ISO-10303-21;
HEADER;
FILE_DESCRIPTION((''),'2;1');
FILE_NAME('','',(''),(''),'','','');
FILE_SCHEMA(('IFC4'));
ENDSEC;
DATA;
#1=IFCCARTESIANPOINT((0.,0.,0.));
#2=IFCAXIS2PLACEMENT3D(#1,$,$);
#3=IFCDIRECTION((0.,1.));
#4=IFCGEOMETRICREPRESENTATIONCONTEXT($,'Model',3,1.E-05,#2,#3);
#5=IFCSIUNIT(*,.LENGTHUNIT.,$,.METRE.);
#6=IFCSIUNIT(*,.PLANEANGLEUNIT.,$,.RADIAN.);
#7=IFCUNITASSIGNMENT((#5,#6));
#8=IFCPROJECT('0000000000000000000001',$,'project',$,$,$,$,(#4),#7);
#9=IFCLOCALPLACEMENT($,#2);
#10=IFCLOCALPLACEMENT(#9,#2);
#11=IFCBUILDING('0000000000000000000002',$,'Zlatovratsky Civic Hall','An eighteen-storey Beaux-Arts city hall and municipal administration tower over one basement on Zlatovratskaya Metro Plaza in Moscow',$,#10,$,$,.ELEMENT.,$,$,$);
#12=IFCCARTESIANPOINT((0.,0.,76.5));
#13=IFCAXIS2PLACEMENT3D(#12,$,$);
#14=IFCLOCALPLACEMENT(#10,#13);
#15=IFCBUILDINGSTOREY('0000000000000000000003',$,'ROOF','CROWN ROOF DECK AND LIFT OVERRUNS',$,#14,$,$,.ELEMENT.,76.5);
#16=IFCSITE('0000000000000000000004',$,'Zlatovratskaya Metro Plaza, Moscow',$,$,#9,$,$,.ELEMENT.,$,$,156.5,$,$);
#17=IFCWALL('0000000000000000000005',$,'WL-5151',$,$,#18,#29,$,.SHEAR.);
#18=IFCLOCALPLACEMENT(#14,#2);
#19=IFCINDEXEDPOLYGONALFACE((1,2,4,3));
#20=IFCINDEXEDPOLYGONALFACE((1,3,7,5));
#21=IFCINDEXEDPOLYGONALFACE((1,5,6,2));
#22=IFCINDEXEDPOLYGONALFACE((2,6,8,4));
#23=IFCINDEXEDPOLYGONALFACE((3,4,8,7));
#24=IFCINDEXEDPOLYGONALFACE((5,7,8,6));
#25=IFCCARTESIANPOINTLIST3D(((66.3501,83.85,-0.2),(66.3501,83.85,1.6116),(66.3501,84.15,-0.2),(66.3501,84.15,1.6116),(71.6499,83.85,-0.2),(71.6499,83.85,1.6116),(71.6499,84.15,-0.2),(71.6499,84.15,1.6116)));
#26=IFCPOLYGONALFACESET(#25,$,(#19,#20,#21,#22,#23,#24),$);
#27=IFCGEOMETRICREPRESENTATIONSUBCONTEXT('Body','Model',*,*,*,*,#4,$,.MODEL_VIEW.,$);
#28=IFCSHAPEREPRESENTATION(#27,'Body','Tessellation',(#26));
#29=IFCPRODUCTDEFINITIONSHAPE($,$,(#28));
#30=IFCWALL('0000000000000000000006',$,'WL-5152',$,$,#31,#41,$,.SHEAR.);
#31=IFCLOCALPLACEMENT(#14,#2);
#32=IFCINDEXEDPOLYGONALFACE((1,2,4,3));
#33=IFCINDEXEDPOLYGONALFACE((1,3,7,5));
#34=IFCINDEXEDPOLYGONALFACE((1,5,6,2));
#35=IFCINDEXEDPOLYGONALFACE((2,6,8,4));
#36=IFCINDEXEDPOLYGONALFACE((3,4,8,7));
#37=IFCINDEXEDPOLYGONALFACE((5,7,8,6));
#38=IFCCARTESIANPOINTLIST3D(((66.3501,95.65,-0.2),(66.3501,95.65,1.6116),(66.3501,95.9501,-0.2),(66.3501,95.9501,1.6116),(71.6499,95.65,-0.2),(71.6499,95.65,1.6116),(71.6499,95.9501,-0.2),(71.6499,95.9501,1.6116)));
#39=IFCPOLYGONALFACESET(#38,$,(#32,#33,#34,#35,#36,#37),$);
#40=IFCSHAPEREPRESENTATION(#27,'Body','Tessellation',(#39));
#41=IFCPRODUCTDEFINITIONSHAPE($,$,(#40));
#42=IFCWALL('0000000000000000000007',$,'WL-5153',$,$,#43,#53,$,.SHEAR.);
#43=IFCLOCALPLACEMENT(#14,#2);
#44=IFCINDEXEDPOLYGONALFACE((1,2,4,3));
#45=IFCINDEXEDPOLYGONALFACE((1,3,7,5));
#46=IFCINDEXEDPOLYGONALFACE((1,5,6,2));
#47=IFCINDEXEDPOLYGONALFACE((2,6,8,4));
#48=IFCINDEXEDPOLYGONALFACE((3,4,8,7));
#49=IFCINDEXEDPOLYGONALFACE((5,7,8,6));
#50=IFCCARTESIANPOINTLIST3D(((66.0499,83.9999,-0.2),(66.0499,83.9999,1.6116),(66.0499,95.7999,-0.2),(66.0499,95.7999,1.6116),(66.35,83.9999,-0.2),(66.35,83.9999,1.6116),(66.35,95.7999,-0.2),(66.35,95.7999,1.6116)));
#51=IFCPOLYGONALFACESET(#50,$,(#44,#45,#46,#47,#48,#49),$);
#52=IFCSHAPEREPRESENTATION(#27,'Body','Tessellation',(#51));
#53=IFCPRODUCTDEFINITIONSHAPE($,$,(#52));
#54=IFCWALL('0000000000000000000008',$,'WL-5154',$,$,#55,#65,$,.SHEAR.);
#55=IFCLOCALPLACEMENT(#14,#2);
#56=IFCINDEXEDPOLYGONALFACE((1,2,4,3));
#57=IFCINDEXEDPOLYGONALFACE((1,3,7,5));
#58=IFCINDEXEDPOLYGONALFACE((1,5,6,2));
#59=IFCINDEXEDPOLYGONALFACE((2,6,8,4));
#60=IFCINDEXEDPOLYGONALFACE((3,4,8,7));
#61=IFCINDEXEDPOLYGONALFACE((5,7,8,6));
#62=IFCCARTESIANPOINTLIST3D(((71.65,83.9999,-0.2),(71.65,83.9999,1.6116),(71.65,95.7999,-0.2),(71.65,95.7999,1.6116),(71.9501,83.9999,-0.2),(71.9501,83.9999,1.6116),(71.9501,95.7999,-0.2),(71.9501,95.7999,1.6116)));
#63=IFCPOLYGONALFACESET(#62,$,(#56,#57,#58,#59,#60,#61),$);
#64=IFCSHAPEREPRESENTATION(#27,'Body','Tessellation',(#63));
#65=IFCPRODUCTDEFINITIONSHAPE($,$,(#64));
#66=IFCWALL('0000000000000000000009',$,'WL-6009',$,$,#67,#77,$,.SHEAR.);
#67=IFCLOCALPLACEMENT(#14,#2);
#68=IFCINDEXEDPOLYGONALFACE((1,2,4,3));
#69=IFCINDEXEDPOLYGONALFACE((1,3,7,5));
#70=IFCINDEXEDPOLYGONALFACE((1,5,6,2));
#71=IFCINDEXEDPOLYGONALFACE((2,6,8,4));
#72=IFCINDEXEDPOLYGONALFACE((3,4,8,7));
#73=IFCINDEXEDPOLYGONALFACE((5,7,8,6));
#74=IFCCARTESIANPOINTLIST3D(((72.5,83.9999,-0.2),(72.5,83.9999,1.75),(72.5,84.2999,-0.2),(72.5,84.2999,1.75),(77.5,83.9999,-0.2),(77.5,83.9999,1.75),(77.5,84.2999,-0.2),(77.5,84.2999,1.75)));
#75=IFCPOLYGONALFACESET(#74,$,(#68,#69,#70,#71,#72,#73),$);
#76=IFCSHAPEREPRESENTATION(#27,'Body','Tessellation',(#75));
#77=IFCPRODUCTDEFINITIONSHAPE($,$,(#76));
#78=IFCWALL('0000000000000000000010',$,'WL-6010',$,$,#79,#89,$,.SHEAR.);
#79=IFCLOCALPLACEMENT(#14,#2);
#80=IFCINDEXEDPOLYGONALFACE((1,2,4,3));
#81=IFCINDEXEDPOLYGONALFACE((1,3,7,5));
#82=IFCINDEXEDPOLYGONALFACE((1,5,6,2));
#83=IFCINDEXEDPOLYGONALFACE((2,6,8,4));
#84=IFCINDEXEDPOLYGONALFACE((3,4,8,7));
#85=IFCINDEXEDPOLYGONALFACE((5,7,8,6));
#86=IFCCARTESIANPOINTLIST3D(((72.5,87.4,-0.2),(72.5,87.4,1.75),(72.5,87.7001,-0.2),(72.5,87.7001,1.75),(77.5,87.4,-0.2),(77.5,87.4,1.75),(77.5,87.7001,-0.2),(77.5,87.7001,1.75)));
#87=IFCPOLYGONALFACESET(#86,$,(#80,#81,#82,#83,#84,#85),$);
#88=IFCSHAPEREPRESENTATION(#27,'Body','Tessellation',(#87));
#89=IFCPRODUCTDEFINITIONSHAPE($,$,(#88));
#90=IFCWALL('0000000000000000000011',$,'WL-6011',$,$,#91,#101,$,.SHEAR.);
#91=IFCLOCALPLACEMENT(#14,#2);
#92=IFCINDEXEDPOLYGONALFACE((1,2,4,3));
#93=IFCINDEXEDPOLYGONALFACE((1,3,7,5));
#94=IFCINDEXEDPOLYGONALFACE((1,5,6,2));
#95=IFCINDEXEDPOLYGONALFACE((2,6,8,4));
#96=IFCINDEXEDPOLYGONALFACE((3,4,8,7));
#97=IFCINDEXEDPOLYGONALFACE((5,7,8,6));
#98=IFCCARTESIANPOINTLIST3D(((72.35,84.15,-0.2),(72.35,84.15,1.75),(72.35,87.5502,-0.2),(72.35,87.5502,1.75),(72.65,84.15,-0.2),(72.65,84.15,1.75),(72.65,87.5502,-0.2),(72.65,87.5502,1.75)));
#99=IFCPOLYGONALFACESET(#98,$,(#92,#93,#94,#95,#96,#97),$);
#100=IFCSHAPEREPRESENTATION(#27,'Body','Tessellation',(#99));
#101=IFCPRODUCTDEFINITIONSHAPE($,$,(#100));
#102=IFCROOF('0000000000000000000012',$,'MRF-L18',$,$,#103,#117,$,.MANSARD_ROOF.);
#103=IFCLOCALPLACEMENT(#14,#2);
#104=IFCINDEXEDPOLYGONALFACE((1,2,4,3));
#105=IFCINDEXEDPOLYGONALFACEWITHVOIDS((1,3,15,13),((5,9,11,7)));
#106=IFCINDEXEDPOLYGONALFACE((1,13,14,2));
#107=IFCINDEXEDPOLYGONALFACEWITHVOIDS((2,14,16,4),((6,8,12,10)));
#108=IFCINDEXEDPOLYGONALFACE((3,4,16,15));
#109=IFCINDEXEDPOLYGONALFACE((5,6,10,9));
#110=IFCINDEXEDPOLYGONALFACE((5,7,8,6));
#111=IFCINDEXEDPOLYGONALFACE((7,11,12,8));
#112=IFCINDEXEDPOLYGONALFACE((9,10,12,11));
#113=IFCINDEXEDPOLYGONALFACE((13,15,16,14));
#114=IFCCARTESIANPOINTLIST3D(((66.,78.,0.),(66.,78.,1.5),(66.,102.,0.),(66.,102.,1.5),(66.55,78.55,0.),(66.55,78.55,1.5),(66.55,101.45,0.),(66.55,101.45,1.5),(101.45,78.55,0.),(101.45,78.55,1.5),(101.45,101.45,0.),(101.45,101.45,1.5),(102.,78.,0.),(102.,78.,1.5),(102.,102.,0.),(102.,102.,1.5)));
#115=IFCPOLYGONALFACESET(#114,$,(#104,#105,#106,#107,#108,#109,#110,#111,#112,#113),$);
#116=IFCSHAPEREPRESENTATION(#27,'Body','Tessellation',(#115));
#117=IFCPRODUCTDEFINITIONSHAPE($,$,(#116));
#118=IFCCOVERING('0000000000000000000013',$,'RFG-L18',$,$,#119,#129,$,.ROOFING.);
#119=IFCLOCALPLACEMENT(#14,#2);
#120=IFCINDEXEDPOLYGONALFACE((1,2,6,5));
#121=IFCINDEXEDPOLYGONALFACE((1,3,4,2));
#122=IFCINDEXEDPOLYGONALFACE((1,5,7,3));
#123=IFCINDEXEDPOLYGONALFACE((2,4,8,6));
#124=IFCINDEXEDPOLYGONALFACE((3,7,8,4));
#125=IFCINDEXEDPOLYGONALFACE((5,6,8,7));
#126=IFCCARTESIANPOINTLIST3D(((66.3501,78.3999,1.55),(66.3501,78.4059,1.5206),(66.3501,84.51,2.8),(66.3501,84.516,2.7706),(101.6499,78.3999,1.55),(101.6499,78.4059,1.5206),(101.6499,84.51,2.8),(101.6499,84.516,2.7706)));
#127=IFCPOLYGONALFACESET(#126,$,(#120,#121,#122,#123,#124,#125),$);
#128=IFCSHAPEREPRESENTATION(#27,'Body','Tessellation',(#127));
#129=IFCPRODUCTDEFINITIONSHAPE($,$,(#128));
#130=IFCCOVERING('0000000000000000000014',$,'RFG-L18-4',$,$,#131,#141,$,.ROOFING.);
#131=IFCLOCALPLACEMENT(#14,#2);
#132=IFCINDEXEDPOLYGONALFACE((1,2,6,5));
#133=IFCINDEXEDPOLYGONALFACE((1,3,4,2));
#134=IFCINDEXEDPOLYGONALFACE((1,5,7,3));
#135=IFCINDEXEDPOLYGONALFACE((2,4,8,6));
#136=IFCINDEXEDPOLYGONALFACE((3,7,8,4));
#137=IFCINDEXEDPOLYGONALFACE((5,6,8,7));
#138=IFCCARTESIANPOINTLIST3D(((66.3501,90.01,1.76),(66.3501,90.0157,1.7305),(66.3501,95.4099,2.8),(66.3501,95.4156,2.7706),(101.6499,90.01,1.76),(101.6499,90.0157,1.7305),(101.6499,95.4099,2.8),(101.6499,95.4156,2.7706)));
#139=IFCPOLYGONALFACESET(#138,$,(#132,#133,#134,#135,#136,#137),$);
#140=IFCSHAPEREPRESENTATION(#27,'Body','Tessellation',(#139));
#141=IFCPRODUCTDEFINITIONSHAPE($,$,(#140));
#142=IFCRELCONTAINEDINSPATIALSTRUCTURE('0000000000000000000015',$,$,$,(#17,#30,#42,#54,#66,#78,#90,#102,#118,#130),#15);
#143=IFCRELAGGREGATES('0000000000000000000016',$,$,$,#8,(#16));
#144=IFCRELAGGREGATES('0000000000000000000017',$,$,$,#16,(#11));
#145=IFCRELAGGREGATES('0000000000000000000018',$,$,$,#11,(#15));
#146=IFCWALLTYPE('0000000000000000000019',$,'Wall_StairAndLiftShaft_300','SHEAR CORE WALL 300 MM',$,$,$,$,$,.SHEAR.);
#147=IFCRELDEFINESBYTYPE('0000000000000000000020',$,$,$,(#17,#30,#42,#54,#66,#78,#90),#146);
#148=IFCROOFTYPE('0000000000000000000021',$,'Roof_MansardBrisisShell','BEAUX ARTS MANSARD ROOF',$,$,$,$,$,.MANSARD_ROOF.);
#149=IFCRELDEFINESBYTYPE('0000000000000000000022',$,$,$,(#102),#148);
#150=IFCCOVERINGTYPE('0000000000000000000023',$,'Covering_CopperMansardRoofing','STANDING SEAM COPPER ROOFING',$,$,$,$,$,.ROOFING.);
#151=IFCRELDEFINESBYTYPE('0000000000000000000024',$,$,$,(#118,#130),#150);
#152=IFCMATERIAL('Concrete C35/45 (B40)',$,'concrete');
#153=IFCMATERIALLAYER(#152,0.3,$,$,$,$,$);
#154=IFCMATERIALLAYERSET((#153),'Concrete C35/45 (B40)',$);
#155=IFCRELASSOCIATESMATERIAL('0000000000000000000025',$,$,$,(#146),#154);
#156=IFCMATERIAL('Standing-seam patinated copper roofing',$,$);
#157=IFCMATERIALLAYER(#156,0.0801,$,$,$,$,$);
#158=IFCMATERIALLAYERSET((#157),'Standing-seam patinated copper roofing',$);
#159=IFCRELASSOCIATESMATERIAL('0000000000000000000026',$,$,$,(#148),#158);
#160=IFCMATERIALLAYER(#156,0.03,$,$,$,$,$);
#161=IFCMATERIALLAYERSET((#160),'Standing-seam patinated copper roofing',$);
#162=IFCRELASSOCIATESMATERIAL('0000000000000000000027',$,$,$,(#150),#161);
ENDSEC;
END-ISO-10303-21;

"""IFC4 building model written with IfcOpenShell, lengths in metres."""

from ifc_helpers import new_model, si_unit, direction, frame, frame_2d, origin, place, context, subcontext, project, spatial, polyline, rectangle, outline, extrude, material, layer, layer_set, type_object, element, save


model = new_model("IFC4")

# Units and contexts
model_context = context("Model", 3, precision=1e-05, world=origin(), true_north=direction((0.0, 1.0)))
body_context = subcontext(model_context, "Body", "Model", "MODEL_VIEW")
ifc_project = project(units=[si_unit("LENGTHUNIT", "METRE"), si_unit("PLANEANGLEUNIT", "RADIAN")], contexts=[model_context])

# Site, building, storey
site_placement = place(None, origin())
site = spatial("IfcSite", under=ifc_project, at=site_placement, Name="Zlatovratskaya Metro Plaza, Moscow", CompositionType="ELEMENT", RefElevation=156.5)
building_placement = place(site_placement, origin())
building = spatial("IfcBuilding", under=site, at=building_placement, Name="Zlatovratsky Civic Hall", Description="An eighteen-storey Beaux-Arts city hall and municipal administration tower over one basement on Zlatovratskaya Metro Plaza in Moscow", CompositionType="ELEMENT")
storey_placement = place(building_placement, frame((0.0, 0.0, 76.5)))
storey = spatial("IfcBuildingStorey", under=building, at=storey_placement, Name="ROOF", Description="CROWN ROOF DECK AND LIFT OVERRUNS", CompositionType="ELEMENT", Elevation=76.5)

# Shared definitions
ifc_material_1 = material(Name="Concrete C35/45 (B40)", Category="concrete")

# Walls
ifc_layer_1 = layer(ifc_material_1, 0.3)
ifc_layer_set_1 = layer_set([ifc_layer_1], Name="Concrete C35/45 (B40)")
wall_type_1 = type_object("IfcWallType", Name="Wall_StairAndLiftShaft_300", Description="SHEAR CORE WALL 300 MM", PredefinedType="SHEAR", material=ifc_layer_set_1)
for number, where, z_axis, x_axis, name in (
    (1, (66.3501, 84.0, -0.2), (0.0, 0.0, 1.0), (1.0, 0.0, 0.0), "WL-5151"),
    (2, (66.3501, 95.8, -0.2), (0.0, 0.0, 1.0), (1.0, 0.0, 0.0), "WL-5152"),
):
    element("IfcWall", number, at=place(storey_placement, frame(where, z_axis=z_axis, x_axis=x_axis)), inside=storey, type_object=wall_type_1, Name=name, PredefinedType="SHEAR", context=body_context, shape_type="SweptSolid", body=[
        extrude(rectangle(XDim=5.2998, YDim=0.3, at=frame_2d((2.6499, 0.0))), origin(), (0.0, 0.0, 1.0), 1.8115),
    ])
for number, where, z_axis, x_axis, name in (
    (3, (66.2, 84.0, -0.2), (0.0, 0.0, 1.0), (0.0, 1.0, 0.0), "WL-5153"),
    (4, (71.8, 84.0, -0.2), (0.0, 0.0, 1.0), (0.0, 1.0, 0.0), "WL-5154"),
):
    element("IfcWall", number, at=place(storey_placement, frame(where, z_axis=z_axis, x_axis=x_axis)), inside=storey, type_object=wall_type_1, Name=name, PredefinedType="SHEAR", context=body_context, shape_type="SweptSolid", body=[
        extrude(rectangle(XDim=11.8, YDim=0.3, at=frame_2d((5.8999, 0.0))), origin(), (0.0, 0.0, 1.0), 1.8115),
    ])
for number, where, z_axis, x_axis, name in (
    (5, (72.5, 84.1499, -0.2), (0.0, 0.0, 1.0), (1.0, 0.0, 0.0), "WL-6009"),
    (6, (72.5, 87.55, -0.2), (0.0, 0.0, 1.0), (1.0, 0.0, 0.0), "WL-6010"),
):
    element("IfcWall", number, at=place(storey_placement, frame(where, z_axis=z_axis, x_axis=x_axis)), inside=storey, type_object=wall_type_1, Name=name, PredefinedType="SHEAR", context=body_context, shape_type="SweptSolid", body=[
        extrude(rectangle(XDim=5.0, YDim=0.3, at=frame_2d((2.5, 0.0))), origin(), (0.0, 0.0, 1.0), 1.95),
    ])
wall_1_placement = place(storey_placement, frame((72.5, 84.1499, -0.2), z_axis=(0.0, 0.0, 1.0), x_axis=(0.0, 1.0, 0.0)))
element("IfcWall", 7, at=wall_1_placement, inside=storey, type_object=wall_type_1, Name="WL-6011", PredefinedType="SHEAR", context=body_context, shape_type="SweptSolid", body=[
    extrude(rectangle(XDim=3.4001, YDim=0.3, at=frame_2d((1.7002, 0.0))), origin(), (0.0, 0.0, 1.0), 1.95),
])

# Roof
ifc_material_2 = material(Name="Standing-seam patinated copper roofing")
ifc_layer_2 = layer(ifc_material_2, 0.0801)
ifc_layer_set_2 = layer_set([ifc_layer_2], Name="Standing-seam patinated copper roofing")
roof_type = type_object("IfcRoofType", Name="Roof_MansardBrisisShell", Description="BEAUX ARTS MANSARD ROOF", PredefinedType="MANSARD_ROOF", material=ifc_layer_set_2)
roof_placement = place(storey_placement, origin())
element("IfcRoof", 8, at=roof_placement, inside=storey, type_object=roof_type, Name="MRF-L18", PredefinedType="MANSARD_ROOF", context=body_context, shape_type="SweptSolid", body=[
    extrude(outline(polyline([(66.0, 78.0), (102.0, 78.0), (102.0, 102.0), (66.0, 102.0), (66.0, 78.0)]), holes=[polyline([(66.55, 78.55), (101.45, 78.55), (101.45, 101.45), (66.55, 101.45), (66.55, 78.55)])]), origin(), (0.0, 0.0, 1.0), 1.5),
])

# Coverings
ifc_layer_3 = layer(ifc_material_2, 0.03)
ifc_layer_set_3 = layer_set([ifc_layer_3], Name="Standing-seam patinated copper roofing")
covering_type = type_object("IfcCoveringType", Name="Covering_CopperMansardRoofing", Description="STANDING SEAM COPPER ROOFING", PredefinedType="ROOFING", material=ifc_layer_set_3)
covering_1_placement = place(storey_placement, frame((66.3501, 78.3999, 1.55), z_axis=(0.0, -0.200428, 0.979708), x_axis=(1.0, 0.0, 0.0)))
element("IfcCovering", 9, at=covering_1_placement, inside=storey, type_object=covering_type, Name="RFG-L18", PredefinedType="ROOFING", context=body_context, shape_type="SweptSolid", body=[
    extrude(outline(polyline([(0.0, 0.0), (35.2998, 0.0), (35.2998, 6.2367), (0.0, 6.2367), (0.0, 0.0)])), origin(), (0.0, 0.0, -1.0), 0.03),
])
covering_2_placement = place(storey_placement, frame((66.3501, 95.4099, 2.8), z_axis=(0.0, -0.189127, 0.981953), x_axis=(1.0, 0.0, 0.0)))
element("IfcCovering", 10, at=covering_2_placement, inside=storey, type_object=covering_type, Name="RFG-L18-4", PredefinedType="ROOFING", context=body_context, shape_type="SweptSolid", body=[
    extrude(outline(polyline([(0.0, 0.0), (35.2998, 0.0), (35.2998, -5.4991), (0.0, -5.4991), (0.0, 0.0)])), origin(), (0.0, 0.0, -1.0), 0.03),
])

save(model, "model.ifc")
